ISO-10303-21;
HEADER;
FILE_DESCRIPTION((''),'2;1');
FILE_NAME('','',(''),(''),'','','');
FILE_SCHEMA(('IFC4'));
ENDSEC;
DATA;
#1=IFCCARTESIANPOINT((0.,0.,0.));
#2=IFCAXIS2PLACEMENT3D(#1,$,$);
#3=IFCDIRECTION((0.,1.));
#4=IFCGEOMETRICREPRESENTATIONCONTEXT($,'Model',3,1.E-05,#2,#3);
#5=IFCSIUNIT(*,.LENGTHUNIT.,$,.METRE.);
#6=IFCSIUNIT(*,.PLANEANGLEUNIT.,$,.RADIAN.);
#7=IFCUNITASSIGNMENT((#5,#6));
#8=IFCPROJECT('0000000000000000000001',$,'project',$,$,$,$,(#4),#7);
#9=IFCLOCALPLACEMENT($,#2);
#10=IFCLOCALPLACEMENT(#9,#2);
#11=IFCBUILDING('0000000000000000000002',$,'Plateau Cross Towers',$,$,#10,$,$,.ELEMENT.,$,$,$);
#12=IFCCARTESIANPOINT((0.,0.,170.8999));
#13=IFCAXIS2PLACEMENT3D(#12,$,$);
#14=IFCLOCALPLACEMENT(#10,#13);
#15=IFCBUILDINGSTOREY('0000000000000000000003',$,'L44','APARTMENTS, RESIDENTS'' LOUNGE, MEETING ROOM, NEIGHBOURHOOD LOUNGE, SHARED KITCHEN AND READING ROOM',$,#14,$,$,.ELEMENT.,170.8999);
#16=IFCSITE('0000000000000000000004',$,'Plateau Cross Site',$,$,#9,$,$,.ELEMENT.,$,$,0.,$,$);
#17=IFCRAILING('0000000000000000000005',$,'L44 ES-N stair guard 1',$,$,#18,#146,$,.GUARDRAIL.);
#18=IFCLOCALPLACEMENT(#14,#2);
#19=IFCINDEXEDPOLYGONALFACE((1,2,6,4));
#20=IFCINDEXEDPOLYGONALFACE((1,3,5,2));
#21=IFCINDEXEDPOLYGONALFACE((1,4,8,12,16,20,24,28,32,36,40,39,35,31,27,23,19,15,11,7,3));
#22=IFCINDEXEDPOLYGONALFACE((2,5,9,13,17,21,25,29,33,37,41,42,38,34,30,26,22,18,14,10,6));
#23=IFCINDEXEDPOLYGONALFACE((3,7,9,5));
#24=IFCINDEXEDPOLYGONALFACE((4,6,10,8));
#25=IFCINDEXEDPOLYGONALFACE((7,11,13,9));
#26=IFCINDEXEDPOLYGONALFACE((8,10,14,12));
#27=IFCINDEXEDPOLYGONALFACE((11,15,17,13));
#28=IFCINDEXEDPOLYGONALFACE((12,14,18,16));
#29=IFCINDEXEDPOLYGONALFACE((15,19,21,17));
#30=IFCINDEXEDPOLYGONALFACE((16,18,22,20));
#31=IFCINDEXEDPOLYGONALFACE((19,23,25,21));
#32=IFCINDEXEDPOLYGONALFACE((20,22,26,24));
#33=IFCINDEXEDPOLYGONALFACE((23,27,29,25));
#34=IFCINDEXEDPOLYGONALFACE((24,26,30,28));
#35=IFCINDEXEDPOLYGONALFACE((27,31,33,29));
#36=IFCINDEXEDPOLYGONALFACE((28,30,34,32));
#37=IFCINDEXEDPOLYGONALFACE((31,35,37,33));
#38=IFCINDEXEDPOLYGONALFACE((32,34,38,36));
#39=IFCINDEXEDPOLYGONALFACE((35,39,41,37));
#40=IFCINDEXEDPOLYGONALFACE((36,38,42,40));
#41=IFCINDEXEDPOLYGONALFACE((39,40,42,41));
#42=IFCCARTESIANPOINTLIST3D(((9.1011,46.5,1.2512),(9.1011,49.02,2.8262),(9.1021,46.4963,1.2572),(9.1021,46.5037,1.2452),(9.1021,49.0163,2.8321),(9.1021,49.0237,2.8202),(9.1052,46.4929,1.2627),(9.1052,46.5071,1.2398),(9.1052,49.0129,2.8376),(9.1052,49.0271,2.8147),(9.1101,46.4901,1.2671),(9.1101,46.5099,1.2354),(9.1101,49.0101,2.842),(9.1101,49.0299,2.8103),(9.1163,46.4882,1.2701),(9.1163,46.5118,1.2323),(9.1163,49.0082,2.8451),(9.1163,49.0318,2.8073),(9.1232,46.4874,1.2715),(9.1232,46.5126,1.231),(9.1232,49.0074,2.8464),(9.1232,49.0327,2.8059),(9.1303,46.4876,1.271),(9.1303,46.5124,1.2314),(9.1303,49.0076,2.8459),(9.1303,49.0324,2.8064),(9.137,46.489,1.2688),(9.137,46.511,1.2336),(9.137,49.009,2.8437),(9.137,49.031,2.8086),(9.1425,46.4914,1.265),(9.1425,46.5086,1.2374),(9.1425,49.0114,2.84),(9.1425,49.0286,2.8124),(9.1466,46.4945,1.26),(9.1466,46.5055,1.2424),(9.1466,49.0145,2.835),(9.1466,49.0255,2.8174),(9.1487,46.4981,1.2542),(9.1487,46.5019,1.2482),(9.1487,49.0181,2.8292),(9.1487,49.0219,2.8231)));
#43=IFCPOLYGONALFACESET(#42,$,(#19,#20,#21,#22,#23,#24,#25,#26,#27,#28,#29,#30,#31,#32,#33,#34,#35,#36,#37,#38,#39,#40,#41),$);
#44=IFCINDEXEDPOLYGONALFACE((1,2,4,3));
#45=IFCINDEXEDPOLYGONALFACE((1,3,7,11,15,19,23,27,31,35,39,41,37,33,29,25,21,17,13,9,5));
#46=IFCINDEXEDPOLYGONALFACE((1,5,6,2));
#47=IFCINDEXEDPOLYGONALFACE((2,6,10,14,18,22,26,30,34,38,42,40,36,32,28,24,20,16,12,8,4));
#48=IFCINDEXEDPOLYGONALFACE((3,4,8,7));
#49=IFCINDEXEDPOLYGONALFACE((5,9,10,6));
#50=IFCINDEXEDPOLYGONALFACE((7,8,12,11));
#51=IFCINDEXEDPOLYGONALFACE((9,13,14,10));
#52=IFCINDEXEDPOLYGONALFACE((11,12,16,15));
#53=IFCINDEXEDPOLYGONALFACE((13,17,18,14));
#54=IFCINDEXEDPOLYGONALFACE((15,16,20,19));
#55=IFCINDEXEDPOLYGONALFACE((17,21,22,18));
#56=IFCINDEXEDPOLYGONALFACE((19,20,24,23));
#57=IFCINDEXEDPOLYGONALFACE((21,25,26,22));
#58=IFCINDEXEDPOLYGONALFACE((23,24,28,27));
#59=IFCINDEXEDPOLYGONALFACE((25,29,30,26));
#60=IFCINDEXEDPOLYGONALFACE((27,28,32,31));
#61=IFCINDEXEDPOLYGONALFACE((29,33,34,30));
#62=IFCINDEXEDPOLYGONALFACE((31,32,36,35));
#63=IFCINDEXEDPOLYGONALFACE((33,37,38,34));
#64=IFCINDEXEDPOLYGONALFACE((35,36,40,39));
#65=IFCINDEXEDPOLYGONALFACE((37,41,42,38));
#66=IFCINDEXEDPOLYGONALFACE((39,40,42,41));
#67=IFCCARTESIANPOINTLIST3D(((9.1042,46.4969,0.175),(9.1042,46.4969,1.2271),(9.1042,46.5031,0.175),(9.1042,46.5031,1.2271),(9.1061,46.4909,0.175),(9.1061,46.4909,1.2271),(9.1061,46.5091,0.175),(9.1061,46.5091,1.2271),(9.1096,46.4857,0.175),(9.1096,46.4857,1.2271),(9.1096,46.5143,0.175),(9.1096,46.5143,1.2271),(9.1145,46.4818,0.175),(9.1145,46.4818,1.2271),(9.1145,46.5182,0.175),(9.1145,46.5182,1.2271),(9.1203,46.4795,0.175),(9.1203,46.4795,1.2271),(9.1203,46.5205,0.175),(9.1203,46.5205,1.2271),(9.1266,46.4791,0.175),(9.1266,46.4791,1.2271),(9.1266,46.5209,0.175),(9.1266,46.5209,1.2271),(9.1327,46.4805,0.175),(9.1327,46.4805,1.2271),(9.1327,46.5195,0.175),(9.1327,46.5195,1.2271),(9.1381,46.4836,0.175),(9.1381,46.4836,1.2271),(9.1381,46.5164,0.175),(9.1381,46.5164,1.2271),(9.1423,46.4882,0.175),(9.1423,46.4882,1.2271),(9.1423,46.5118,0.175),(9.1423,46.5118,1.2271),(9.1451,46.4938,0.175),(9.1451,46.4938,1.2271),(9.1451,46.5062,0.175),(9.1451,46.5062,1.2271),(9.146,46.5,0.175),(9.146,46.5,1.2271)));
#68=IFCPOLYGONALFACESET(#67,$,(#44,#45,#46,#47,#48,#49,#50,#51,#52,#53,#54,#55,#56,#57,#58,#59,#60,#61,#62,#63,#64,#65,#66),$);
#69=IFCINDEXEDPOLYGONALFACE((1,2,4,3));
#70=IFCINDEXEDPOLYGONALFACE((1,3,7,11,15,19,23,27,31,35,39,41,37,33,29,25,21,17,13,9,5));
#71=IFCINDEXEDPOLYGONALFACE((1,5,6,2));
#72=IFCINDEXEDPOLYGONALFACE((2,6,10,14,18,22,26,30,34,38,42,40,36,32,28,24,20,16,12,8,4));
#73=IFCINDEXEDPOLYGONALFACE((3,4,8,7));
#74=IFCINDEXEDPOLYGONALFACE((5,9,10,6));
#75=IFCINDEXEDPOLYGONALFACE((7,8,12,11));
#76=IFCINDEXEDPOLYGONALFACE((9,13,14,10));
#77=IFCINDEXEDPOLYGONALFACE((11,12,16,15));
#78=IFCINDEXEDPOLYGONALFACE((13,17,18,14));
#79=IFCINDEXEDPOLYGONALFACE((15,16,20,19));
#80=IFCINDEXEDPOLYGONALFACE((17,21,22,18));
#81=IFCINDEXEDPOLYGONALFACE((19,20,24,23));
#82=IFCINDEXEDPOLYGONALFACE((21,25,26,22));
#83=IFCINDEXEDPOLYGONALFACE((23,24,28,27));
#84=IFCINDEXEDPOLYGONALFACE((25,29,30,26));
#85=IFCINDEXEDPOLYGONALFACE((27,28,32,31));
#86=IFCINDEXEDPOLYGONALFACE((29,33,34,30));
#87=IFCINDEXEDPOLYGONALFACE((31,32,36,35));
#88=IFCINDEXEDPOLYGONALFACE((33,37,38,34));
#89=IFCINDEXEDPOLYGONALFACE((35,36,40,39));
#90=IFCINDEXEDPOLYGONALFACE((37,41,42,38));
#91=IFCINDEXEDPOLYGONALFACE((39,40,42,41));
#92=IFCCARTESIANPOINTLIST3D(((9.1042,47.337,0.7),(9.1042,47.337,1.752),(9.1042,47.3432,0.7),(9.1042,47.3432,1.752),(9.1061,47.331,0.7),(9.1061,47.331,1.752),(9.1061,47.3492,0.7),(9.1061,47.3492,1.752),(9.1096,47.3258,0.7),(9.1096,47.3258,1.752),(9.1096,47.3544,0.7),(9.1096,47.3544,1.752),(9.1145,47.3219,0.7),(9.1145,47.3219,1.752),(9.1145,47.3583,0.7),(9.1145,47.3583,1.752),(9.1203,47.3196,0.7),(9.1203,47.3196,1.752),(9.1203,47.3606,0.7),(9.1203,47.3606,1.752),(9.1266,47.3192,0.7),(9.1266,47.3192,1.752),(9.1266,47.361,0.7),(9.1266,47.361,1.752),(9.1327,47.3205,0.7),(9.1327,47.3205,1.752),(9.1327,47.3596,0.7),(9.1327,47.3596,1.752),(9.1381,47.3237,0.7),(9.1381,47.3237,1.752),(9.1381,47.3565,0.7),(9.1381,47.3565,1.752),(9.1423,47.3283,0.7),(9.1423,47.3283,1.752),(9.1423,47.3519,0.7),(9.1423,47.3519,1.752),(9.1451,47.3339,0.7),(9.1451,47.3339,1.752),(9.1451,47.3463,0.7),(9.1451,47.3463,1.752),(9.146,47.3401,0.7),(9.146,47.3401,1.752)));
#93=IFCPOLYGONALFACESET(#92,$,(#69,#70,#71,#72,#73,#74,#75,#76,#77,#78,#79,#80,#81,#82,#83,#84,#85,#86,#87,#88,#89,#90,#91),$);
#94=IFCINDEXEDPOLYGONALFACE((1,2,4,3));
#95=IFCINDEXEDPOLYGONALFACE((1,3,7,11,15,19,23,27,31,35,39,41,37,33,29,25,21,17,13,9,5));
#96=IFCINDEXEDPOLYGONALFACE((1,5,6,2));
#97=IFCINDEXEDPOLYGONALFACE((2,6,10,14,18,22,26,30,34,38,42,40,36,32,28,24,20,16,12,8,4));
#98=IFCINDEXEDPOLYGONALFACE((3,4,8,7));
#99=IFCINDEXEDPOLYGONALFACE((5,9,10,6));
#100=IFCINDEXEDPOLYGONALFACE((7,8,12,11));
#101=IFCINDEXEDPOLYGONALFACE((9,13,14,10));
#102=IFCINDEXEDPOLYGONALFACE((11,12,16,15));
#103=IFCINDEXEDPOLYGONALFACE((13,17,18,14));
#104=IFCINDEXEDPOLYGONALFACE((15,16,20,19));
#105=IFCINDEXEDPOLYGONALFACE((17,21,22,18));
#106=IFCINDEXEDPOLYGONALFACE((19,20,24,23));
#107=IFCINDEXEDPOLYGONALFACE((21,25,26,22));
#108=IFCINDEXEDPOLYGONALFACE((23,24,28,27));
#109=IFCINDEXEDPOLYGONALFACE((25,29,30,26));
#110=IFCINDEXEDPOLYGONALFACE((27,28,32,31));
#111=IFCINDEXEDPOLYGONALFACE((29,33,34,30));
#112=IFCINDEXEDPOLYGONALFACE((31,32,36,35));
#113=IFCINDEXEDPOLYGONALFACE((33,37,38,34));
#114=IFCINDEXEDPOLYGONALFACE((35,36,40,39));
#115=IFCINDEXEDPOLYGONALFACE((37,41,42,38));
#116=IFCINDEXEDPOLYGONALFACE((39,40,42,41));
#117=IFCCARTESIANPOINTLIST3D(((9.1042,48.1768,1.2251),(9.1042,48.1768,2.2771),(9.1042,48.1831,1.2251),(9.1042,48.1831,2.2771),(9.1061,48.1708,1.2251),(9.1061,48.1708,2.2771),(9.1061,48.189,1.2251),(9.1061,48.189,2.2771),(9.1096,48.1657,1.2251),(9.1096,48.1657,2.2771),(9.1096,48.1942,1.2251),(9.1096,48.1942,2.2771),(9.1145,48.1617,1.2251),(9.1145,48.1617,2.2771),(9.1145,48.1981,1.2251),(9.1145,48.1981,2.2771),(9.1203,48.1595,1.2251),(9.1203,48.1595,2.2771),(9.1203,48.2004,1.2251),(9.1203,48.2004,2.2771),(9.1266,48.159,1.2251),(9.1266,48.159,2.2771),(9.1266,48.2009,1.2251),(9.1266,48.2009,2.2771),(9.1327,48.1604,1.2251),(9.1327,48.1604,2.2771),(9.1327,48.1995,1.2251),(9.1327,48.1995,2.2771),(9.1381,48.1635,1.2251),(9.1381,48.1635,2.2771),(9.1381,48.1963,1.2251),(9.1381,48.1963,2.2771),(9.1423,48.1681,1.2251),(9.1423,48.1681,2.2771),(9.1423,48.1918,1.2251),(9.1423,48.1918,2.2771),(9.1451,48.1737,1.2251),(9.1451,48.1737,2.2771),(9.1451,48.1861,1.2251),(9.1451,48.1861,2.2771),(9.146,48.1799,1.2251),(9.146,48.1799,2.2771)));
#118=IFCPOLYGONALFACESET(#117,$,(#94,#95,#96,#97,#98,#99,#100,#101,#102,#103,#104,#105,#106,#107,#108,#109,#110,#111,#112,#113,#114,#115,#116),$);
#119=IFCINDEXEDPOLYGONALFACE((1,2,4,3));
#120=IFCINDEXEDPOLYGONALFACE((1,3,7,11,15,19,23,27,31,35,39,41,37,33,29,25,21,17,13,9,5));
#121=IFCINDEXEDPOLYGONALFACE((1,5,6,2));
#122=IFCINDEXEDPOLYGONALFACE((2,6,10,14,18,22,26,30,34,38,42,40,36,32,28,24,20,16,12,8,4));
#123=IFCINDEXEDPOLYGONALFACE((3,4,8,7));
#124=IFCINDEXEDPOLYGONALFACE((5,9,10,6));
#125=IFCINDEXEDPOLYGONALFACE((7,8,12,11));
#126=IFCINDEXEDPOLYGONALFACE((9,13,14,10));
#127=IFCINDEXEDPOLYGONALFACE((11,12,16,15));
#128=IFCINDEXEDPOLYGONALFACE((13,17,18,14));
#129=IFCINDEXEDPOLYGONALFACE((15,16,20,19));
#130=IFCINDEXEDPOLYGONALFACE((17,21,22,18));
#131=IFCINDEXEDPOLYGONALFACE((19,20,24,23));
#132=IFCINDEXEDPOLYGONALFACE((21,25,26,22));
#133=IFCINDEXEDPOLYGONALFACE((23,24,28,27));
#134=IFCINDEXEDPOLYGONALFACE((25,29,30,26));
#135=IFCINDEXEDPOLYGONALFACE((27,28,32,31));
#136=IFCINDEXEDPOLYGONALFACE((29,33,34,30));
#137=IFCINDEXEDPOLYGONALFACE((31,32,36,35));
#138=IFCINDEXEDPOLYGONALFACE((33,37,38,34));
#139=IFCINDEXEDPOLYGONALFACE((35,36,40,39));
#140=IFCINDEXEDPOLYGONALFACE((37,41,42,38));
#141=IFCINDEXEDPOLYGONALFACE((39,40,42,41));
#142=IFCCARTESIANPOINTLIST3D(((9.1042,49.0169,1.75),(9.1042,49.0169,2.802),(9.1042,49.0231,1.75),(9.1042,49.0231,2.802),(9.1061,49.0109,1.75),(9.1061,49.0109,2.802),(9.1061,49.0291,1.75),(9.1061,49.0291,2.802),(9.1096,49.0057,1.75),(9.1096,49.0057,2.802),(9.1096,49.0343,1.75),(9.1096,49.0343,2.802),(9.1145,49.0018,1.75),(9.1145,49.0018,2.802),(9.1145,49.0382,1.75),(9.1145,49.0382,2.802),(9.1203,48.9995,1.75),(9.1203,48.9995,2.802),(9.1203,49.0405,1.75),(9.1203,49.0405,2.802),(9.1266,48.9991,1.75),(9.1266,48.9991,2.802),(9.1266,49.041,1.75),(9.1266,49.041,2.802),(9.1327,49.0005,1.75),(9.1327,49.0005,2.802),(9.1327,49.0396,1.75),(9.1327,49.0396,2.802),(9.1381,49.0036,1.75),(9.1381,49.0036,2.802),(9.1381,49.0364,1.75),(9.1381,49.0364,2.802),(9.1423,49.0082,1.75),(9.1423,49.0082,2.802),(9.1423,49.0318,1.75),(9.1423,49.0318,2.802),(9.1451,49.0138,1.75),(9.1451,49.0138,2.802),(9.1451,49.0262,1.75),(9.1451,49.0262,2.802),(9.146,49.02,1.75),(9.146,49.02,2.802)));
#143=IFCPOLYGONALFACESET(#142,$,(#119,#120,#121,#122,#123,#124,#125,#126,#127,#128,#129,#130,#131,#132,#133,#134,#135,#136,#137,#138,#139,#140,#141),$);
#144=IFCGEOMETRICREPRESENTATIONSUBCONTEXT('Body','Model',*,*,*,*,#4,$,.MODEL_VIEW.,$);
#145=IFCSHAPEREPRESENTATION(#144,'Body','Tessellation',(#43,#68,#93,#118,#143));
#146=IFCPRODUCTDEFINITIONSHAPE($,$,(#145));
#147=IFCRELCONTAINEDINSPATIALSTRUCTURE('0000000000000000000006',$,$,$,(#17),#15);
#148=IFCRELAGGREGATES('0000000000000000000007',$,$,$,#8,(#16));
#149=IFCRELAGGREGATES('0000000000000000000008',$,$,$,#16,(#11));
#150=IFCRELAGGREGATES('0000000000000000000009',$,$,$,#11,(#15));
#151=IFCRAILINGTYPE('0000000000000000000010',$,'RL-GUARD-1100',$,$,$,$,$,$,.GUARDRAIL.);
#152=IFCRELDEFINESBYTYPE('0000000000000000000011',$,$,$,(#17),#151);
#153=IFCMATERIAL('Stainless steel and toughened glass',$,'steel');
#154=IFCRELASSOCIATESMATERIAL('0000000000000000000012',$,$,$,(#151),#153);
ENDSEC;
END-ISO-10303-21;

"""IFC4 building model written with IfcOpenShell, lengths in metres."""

from ifc_helpers import new_model, si_unit, direction, frame, origin, origin_2d, place, context, subcontext, project, spatial, circle, extrude, material, type_object, element, save


model = new_model("IFC4")

# Units and contexts
model_context = context("Model", 3, precision=1e-05, world=origin(), true_north=direction((0.0, 1.0)))
body_context = subcontext(model_context, "Body", "Model", "MODEL_VIEW")
ifc_project = project(units=[si_unit("LENGTHUNIT", "METRE"), si_unit("PLANEANGLEUNIT", "RADIAN")], contexts=[model_context])

# Site, building, storey
site_placement = place(None, origin())
site = spatial("IfcSite", under=ifc_project, at=site_placement, Name="Plateau Cross Site", CompositionType="ELEMENT", RefElevation=0.0)
building_placement = place(site_placement, origin())
building = spatial("IfcBuilding", under=site, at=building_placement, Name="Plateau Cross Towers", CompositionType="ELEMENT")
storey_placement = place(building_placement, frame((0.0, 0.0, 170.8999)))
storey = spatial("IfcBuildingStorey", under=building, at=storey_placement, Name="L44", Description="APARTMENTS, RESIDENTS' LOUNGE, MEETING ROOM, NEIGHBOURHOOD LOUNGE, SHARED KITCHEN AND READING ROOM", CompositionType="ELEMENT", Elevation=170.8999)

# Railing
ifc_material_1 = material(Name="Stainless steel and toughened glass", Category="steel")
railing_type_1 = type_object("IfcRailingType", Name="RL-GUARD-1100", PredefinedType="GUARDRAIL", material=ifc_material_1)
railing_1_placement = place(storey_placement, frame((9.125, 46.5, 0.175)))
element("IfcRailing", 1, at=railing_1_placement, inside=storey, type_object=railing_type_1, Name="L44 ES-N stair guard 1", PredefinedType="GUARDRAIL", context=body_context, shape_type="SweptSolid", body=[
    extrude(circle(Radius=0.0239, at=origin_2d()), frame((0.0, 0.0, 1.0762), z_axis=(0.0, 0.848008, 0.529984), x_axis=(-1.0, 0.0, 0.0)), (0.0, 0.0, 1.0), 2.9717),
    extrude(circle(Radius=0.021, at=origin_2d()), origin(), (0.0, 0.0, 1.0), 1.052),
    extrude(circle(Radius=0.021, at=origin_2d()), frame((0.0, 0.8401, 0.5249)), (0.0, 0.0, 1.0), 1.052),
    extrude(circle(Radius=0.021, at=origin_2d()), frame((0.0, 1.6799, 1.05)), (0.0, 0.0, 1.0), 1.052),
    extrude(circle(Radius=0.021, at=origin_2d()), frame((0.0, 2.52, 1.575)), (0.0, 0.0, 1.0), 1.052),
])

save(model, "model.ifc")
